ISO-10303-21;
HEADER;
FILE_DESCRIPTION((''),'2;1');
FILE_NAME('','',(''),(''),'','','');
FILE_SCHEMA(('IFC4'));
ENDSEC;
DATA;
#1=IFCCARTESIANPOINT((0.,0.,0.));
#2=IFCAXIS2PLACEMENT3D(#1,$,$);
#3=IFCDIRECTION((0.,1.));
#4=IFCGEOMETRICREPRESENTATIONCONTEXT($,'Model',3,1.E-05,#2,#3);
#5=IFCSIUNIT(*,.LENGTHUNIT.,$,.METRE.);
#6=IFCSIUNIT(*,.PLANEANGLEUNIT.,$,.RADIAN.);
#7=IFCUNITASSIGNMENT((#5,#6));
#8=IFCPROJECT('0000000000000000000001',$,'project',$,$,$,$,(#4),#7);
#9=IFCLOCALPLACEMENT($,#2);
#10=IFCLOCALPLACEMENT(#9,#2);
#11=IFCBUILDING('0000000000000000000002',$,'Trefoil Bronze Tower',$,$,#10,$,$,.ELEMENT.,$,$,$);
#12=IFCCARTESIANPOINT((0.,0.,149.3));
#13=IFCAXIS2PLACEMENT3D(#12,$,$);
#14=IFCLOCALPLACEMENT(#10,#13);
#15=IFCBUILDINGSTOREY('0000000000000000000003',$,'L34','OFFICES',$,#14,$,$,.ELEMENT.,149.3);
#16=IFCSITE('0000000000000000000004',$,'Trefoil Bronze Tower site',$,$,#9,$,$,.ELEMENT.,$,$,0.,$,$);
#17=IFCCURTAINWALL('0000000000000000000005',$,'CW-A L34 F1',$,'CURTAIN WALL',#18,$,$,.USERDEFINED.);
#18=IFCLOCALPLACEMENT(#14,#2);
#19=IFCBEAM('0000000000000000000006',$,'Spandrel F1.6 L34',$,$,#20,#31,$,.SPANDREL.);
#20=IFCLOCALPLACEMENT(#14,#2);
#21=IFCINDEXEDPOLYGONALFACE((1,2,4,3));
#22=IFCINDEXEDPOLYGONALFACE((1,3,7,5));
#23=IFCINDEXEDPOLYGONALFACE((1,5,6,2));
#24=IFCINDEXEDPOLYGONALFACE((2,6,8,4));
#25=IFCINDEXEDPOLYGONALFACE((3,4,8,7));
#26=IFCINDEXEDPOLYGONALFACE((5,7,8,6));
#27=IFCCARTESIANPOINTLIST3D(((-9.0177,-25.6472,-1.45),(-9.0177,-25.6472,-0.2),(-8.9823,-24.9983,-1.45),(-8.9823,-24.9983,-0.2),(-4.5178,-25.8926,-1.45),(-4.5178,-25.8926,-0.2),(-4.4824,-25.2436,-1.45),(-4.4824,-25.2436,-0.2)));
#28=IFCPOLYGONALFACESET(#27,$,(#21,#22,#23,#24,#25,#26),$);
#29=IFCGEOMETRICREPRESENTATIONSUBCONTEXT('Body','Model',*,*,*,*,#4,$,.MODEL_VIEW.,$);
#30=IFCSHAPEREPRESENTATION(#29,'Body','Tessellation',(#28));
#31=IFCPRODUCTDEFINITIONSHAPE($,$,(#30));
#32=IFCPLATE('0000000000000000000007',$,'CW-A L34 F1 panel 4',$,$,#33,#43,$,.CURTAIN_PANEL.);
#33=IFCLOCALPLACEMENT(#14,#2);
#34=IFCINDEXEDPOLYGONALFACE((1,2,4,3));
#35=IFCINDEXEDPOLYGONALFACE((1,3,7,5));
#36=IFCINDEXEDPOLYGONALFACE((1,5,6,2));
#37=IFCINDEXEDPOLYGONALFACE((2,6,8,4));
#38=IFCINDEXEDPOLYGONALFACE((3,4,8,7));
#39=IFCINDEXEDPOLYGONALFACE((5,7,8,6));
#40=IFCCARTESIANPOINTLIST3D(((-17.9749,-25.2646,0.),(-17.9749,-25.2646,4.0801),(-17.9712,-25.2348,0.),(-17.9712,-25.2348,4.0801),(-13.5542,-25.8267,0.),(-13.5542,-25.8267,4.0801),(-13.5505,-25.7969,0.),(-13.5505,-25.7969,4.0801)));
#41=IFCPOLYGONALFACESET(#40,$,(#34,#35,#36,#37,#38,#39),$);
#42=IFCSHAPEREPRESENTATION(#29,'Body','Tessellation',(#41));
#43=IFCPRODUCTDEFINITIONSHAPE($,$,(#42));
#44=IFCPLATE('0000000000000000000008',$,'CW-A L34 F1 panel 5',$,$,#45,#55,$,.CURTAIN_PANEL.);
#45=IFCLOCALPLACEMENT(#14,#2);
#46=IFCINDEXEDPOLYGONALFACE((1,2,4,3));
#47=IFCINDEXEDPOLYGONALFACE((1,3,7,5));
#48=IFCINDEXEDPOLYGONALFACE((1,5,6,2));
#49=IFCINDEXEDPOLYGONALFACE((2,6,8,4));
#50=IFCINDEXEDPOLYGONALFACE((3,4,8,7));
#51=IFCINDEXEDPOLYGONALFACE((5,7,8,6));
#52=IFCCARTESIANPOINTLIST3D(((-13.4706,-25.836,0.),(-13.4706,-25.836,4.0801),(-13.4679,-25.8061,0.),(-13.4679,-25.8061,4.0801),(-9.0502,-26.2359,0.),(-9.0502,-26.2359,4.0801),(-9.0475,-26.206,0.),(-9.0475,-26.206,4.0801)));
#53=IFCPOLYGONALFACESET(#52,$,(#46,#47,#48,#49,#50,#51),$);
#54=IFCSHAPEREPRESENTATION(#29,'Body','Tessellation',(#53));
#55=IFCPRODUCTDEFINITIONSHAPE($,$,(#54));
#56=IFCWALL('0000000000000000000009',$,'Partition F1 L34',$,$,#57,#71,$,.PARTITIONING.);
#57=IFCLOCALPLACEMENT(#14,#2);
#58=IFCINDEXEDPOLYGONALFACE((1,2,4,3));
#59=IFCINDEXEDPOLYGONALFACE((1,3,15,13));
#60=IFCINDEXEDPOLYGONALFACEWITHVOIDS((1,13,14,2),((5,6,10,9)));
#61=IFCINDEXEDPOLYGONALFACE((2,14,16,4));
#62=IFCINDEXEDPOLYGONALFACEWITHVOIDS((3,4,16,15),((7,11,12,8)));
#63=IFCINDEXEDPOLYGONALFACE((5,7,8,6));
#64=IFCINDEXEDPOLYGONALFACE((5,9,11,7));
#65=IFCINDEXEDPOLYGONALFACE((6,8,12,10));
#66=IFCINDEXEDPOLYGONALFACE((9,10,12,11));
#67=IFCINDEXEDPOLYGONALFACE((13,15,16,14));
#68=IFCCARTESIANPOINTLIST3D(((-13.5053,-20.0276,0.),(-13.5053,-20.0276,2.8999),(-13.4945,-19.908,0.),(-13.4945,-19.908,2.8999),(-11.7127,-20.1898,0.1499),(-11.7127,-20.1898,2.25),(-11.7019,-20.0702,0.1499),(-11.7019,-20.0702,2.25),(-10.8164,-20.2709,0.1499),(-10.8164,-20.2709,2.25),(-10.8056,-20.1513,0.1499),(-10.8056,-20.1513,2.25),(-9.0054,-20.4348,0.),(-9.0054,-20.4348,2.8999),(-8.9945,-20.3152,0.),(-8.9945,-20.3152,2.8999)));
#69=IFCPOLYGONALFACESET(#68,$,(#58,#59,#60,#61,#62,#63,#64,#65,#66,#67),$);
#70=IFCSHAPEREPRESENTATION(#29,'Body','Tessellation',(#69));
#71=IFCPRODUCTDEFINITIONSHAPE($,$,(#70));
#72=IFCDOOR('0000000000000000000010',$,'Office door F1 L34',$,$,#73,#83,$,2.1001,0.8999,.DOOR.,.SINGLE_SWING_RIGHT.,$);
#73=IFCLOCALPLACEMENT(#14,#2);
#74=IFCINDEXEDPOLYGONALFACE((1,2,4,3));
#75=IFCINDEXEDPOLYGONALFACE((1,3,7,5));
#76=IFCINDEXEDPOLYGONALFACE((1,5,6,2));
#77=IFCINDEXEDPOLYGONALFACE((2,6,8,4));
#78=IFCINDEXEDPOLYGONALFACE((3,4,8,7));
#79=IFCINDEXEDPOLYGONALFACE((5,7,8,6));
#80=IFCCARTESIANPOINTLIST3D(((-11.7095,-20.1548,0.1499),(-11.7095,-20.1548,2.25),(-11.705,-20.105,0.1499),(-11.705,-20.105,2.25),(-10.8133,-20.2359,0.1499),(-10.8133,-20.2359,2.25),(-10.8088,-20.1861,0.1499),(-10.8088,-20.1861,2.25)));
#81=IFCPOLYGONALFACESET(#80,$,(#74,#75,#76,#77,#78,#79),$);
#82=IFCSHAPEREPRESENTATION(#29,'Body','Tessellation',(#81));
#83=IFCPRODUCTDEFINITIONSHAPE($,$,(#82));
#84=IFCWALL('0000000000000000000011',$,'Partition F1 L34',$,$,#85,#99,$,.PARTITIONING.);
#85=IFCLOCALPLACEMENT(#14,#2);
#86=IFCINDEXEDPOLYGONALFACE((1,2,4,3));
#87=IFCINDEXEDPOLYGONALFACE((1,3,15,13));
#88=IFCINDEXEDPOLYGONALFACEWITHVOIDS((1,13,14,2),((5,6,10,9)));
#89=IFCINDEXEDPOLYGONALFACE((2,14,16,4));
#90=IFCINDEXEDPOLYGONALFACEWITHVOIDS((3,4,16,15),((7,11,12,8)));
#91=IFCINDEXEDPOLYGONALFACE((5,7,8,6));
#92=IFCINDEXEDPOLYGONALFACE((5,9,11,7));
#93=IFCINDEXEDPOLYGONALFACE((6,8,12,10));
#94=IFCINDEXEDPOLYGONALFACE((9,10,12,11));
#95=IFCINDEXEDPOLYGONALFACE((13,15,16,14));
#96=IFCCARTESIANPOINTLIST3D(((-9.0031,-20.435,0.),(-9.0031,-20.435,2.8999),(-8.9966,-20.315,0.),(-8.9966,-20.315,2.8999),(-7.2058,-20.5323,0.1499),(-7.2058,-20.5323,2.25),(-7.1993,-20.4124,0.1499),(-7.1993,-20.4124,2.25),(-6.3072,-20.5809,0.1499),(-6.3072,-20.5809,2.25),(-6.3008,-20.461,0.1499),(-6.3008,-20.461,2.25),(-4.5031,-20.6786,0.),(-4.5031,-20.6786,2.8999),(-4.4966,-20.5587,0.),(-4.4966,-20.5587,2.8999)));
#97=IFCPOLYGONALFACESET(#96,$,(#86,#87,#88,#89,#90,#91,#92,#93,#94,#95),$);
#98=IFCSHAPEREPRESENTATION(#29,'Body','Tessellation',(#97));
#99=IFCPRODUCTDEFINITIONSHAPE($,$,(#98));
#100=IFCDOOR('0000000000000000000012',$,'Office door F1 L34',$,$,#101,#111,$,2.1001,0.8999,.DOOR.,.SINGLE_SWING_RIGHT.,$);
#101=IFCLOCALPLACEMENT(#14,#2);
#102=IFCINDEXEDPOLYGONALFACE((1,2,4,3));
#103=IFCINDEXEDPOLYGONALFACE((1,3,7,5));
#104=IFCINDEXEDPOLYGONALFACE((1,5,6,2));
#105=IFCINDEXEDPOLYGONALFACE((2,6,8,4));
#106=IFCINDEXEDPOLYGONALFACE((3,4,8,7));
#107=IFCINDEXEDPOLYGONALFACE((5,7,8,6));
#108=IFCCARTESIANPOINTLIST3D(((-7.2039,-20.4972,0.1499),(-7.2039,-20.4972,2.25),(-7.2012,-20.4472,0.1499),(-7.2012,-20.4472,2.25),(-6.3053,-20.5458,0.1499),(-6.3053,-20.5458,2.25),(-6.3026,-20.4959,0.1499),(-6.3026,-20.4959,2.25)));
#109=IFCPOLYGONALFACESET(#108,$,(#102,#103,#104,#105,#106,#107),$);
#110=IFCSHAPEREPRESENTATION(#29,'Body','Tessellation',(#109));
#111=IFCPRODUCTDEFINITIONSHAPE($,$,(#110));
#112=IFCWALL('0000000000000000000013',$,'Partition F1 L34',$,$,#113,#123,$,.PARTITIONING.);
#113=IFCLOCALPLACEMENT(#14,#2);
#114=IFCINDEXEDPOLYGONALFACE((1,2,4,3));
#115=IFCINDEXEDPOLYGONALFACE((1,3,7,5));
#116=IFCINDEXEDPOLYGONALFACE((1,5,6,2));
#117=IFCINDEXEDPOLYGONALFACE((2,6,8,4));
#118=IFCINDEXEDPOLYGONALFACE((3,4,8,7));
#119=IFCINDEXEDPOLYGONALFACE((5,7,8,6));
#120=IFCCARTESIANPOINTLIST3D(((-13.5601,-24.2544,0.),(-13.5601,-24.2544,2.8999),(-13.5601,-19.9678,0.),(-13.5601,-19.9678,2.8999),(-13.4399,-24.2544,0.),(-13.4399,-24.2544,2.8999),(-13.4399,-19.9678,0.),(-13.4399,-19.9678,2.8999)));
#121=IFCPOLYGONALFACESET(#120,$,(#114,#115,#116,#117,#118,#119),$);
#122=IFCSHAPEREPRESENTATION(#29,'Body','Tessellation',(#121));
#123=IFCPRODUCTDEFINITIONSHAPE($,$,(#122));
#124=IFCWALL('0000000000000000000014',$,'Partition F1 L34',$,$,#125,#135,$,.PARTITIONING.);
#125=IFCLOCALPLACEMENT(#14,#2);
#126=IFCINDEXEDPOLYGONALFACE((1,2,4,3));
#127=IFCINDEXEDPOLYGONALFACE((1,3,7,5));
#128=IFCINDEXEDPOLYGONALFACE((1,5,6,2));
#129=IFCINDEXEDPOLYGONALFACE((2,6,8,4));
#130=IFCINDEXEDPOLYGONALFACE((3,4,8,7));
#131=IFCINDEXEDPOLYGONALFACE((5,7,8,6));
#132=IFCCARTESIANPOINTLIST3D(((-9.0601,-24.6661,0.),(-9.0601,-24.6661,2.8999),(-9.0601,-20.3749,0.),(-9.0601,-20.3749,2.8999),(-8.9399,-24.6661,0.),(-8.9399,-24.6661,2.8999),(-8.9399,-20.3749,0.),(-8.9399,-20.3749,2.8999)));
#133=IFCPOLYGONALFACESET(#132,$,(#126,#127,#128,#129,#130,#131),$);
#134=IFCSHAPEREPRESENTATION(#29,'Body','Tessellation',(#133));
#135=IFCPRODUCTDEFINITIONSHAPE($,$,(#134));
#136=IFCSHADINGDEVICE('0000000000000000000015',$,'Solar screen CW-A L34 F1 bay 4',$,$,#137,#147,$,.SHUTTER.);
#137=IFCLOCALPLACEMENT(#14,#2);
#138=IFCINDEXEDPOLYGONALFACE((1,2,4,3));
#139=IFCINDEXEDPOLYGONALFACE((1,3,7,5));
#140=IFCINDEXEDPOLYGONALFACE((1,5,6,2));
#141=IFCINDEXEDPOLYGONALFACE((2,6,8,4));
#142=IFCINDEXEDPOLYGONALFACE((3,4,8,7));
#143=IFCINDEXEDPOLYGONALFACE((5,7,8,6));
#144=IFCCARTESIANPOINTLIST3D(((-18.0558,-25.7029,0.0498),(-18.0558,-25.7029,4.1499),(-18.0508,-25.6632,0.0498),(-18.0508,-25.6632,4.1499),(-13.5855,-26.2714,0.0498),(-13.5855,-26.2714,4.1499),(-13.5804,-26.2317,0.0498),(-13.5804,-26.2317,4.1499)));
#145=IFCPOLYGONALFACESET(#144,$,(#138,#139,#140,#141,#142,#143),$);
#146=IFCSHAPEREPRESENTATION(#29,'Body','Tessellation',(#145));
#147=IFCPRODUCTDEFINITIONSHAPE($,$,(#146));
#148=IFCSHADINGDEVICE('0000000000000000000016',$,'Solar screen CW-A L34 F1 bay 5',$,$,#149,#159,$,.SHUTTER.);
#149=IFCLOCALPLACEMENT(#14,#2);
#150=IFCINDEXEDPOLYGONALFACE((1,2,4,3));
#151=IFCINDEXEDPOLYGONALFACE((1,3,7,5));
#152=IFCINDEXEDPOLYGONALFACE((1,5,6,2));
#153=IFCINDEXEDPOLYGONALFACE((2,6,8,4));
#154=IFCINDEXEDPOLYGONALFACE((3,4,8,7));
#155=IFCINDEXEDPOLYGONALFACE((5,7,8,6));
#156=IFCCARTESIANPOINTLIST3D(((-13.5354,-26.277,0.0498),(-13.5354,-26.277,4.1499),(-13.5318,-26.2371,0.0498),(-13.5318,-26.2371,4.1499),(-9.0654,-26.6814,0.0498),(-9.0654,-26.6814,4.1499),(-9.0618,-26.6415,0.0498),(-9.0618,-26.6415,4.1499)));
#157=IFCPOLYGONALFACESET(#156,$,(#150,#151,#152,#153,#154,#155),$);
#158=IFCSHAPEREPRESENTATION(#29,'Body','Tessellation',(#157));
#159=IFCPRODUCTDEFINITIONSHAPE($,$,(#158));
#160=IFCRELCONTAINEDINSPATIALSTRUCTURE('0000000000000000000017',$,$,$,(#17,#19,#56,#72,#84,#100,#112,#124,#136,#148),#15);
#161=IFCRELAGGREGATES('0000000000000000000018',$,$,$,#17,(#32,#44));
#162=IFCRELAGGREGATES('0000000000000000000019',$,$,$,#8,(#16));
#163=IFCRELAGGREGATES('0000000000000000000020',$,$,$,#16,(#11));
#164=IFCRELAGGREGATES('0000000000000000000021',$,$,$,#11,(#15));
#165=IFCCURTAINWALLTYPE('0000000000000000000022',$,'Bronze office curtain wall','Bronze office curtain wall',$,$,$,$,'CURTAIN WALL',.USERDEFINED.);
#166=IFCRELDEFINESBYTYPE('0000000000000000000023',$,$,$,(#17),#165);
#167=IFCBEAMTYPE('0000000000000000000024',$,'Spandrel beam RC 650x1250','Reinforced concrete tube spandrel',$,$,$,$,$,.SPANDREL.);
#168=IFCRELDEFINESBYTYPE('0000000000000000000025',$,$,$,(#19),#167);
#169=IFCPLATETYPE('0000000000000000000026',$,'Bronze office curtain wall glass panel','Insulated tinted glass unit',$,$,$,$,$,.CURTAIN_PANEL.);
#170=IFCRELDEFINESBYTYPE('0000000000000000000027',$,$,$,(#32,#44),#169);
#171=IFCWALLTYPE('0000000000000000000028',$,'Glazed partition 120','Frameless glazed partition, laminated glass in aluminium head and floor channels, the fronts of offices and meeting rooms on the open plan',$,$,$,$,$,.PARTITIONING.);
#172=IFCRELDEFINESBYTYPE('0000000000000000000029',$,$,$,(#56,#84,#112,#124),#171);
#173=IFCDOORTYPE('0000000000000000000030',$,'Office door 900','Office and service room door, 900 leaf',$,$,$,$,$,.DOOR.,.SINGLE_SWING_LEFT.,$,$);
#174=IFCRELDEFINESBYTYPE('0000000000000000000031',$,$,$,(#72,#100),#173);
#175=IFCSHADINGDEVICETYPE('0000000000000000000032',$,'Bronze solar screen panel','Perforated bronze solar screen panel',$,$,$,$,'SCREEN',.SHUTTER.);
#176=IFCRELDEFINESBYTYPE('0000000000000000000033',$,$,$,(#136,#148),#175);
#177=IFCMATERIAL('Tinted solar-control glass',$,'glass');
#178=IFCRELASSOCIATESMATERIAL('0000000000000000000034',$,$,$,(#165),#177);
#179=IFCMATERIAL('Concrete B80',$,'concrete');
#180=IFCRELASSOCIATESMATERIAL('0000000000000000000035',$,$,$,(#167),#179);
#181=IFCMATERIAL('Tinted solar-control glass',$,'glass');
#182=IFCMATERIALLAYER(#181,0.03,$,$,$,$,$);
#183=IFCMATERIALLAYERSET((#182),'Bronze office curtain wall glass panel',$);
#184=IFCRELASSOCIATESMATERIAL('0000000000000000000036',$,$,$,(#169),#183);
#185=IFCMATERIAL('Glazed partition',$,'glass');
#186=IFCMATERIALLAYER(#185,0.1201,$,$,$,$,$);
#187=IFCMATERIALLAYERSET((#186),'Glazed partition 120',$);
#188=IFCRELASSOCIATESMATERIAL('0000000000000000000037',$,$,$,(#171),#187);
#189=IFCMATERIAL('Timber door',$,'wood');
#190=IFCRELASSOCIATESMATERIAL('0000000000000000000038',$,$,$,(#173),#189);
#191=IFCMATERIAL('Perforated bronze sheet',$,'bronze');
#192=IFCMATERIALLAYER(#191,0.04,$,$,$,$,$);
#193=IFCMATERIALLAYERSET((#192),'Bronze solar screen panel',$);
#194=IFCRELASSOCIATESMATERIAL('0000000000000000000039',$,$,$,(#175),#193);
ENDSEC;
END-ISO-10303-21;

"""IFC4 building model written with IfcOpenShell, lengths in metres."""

from ifc_helpers import new_model, si_unit, direction, frame, frame_2d, origin, origin_2d, place, context, subcontext, project, spatial, rectangle, extrude, material, layer, layer_set, material_profile, profile_set, type_object, element, fill, aggregate, save


model = new_model("IFC4")

# Units and contexts
model_context = context("Model", 3, precision=1e-05, world=origin(), true_north=direction((0.0, 1.0)))
body_context = subcontext(model_context, "Body", "Model", "MODEL_VIEW")
ifc_project = project(units=[si_unit("LENGTHUNIT", "METRE"), si_unit("PLANEANGLEUNIT", "RADIAN")], contexts=[model_context])

# Site, building, storey
site_placement = place(None, origin())
site = spatial("IfcSite", under=ifc_project, at=site_placement, Name="Trefoil Bronze Tower site", CompositionType="ELEMENT", RefElevation=0.0)
building_placement = place(site_placement, origin())
building = spatial("IfcBuilding", under=site, at=building_placement, Name="Trefoil Bronze Tower", CompositionType="ELEMENT")
storey_placement = place(building_placement, frame((0.0, 0.0, 149.3)))
storey = spatial("IfcBuildingStorey", under=building, at=storey_placement, Name="L34", Description="OFFICES", CompositionType="ELEMENT", Elevation=149.3)

# Curtain wall
ifc_material_1 = material(Name="Tinted solar-control glass", Category="glass")
curtain_wall_type = type_object("IfcCurtainWallType", Name="Bronze office curtain wall", Description="Bronze office curtain wall", ElementType="CURTAIN WALL", PredefinedType="USERDEFINED", material=ifc_material_1)
curtain_wall_placement = place(storey_placement, origin())
curtain_wall = element("IfcCurtainWall", 1, at=curtain_wall_placement, inside=storey, type_object=curtain_wall_type, Name="CW-A L34 F1", ObjectType="CURTAIN WALL", PredefinedType="USERDEFINED")

# Beam
ifc_material_2 = material(Name="Concrete B80", Category="concrete")
ifc_material_profile_1 = material_profile(ifc_material_2, rectangle(XDim=0.6499, YDim=1.25, at=origin_2d()), Name="RC 650x1250")
ifc_profile_set_1 = profile_set([ifc_material_profile_1], Name="Concrete B80")
beam_type_1 = type_object("IfcBeamType", Name="Spandrel beam RC 650x1250", Description="Reinforced concrete tube spandrel", PredefinedType="SPANDREL", material=ifc_profile_set_1)
beam_1_placement = place(storey_placement, frame((-9.0, -25.3228, -0.825), z_axis=(0.998517, -0.054444, 0.0), x_axis=(0.054444, 0.998517, 0.0)))
element("IfcBeam", 2, at=beam_1_placement, inside=storey, type_object=beam_type_1, Name="Spandrel F1.6 L34", PredefinedType="SPANDREL", context=body_context, shape_type="SweptSolid", body=[
    extrude(rectangle(XDim=0.6499, YDim=1.25, at=origin_2d()), origin(), (0.0, 0.0, 1.0), 4.5066),
])

# Plates
ifc_material_3 = material(Name="Tinted solar-control glass", Category="glass")
ifc_layer_1 = layer(ifc_material_3, 0.03)
ifc_layer_set_1 = layer_set([ifc_layer_1], Name="Bronze office curtain wall glass panel")
plate_type = type_object("IfcPlateType", Name="Bronze office curtain wall glass panel", Description="Insulated tinted glass unit", PredefinedType="CURTAIN_PANEL", material=ifc_layer_set_1)
plate_1_placement = place(storey_placement, frame((-15.7627, -25.5308, 0.0), z_axis=(0.0, 0.0, 1.0), x_axis=(0.992012, -0.126147, 0.0)))
plate_1 = element("IfcPlate", 3, at=plate_1_placement, type_object=plate_type, Name="CW-A L34 F1 panel 4", PredefinedType="CURTAIN_PANEL", context=body_context, shape_type="SweptSolid", body=[
    extrude(rectangle(XDim=4.4563, YDim=0.03, at=origin_2d()), origin(), (0.0, 0.0, 1.0), 4.0801),
])
plate_2_placement = place(storey_placement, frame((-11.259, -26.021, 0.0), z_axis=(0.0, 0.0, 1.0), x_axis=(0.995932, -0.090105, 0.0)))
plate_2 = element("IfcPlate", 4, at=plate_2_placement, type_object=plate_type, Name="CW-A L34 F1 panel 5", PredefinedType="CURTAIN_PANEL", context=body_context, shape_type="SweptSolid", body=[
    extrude(rectangle(XDim=4.4385, YDim=0.03, at=origin_2d()), origin(), (0.0, 0.0, 1.0), 4.0801),
])
aggregate(curtain_wall, [plate_1, plate_2])

# Walls, openings, doors
ifc_material_4 = material(Name="Glazed partition", Category="glass")
ifc_layer_2 = layer(ifc_material_4, 0.1201)
ifc_layer_set_2 = layer_set([ifc_layer_2], Name="Glazed partition 120")
wall_type = type_object("IfcWallType", Name="Glazed partition 120", Description="Frameless glazed partition, laminated glass in aluminium head and floor channels, the fronts of offices and meeting rooms on the open plan", PredefinedType="PARTITIONING", material=ifc_layer_set_2)
wall_1_placement = place(storey_placement, frame((-13.5, -19.9678, 0.0), z_axis=(0.0, 0.0, 1.0), x_axis=(0.99593, -0.090127, 0.0)))
wall_1 = element("IfcWall", 5, at=wall_1_placement, inside=storey, type_object=wall_type, Name="Partition F1 L34", PredefinedType="PARTITIONING", context=body_context, shape_type="SweptSolid", body=[
    extrude(rectangle(XDim=4.5183, YDim=0.1201, at=frame_2d((2.2593, 0.0))), origin(), (0.0, 0.0, 1.0), 2.8999),
])
opening_1_placement = place(wall_1_placement, frame((1.8, 0.0, 0.1499)))
opening_1 = element("IfcOpeningElement", 6, at=opening_1_placement, cuts=wall_1, PredefinedType="OPENING", context=body_context, shape_type="SweptSolid", body=[
    extrude(rectangle(XDim=0.8999, YDim=2.1001, at=frame_2d((0.45, 1.05))), frame((0.0, 0.0701, 0.0), z_axis=(0.0, -1.0, 0.0), x_axis=(1.0, 0.0, 0.0)), (0.0, 0.0, 1.0), 0.1401),
])
ifc_material_5 = material(Name="Timber door", Category="wood")
door_type = type_object("IfcDoorType", Name="Office door 900", Description="Office and service room door, 900 leaf", OperationType="SINGLE_SWING_LEFT", PredefinedType="DOOR", material=ifc_material_5)
door_1_placement = place(opening_1_placement, frame((0.8999, 0.0, 0.0), z_axis=(0.0, 0.0, 1.0), x_axis=(-1.0, 0.0, 0.0)))
door_1 = element("IfcDoor", 7, at=door_1_placement, inside=storey, type_object=door_type, Name="Office door F1 L34", OperationType="SINGLE_SWING_RIGHT", OverallHeight=2.1001, OverallWidth=0.8999, PredefinedType="DOOR", context=body_context, shape_type="SweptSolid", body=[
    extrude(rectangle(XDim=0.8999, YDim=2.1001, at=frame_2d((0.45, 1.05))), frame((0.0, 0.0249, 0.0), z_axis=(0.0, -1.0, 0.0), x_axis=(1.0, 0.0, 0.0)), (0.0, 0.0, 1.0), 0.05),
])
fill(opening_1, door_1)
wall_2_placement = place(storey_placement, frame((-9.0, -20.375, 0.0), z_axis=(0.0, 0.0, 1.0), x_axis=(0.998537, -0.054066, 0.0)))
wall_2 = element("IfcWall", 8, at=wall_2_placement, inside=storey, type_object=wall_type, Name="Partition F1 L34", PredefinedType="PARTITIONING", context=body_context, shape_type="SweptSolid", body=[
    extrude(rectangle(XDim=4.5066, YDim=0.1201, at=frame_2d((2.2534, 0.0))), origin(), (0.0, 0.0, 1.0), 2.8999),
])
opening_2_placement = place(wall_2_placement, frame((1.8, 0.0, 0.1499)))
opening_2 = element("IfcOpeningElement", 9, at=opening_2_placement, cuts=wall_2, PredefinedType="OPENING", context=body_context, shape_type="SweptSolid", body=[
    extrude(rectangle(XDim=0.8999, YDim=2.1001, at=frame_2d((0.45, 1.05))), frame((0.0, 0.0701, 0.0), z_axis=(0.0, -1.0, 0.0), x_axis=(1.0, 0.0, 0.0)), (0.0, 0.0, 1.0), 0.1401),
])
door_2_placement = place(opening_2_placement, frame((0.8999, 0.0, 0.0), z_axis=(0.0, 0.0, 1.0), x_axis=(-1.0, 0.0, 0.0)))
door_2 = element("IfcDoor", 10, at=door_2_placement, inside=storey, type_object=door_type, Name="Office door F1 L34", OperationType="SINGLE_SWING_RIGHT", OverallHeight=2.1001, OverallWidth=0.8999, PredefinedType="DOOR", context=body_context, shape_type="SweptSolid", body=[
    extrude(rectangle(XDim=0.8999, YDim=2.1001, at=frame_2d((0.45, 1.05))), frame((0.0, 0.0249, 0.0), z_axis=(0.0, -1.0, 0.0), x_axis=(1.0, 0.0, 0.0)), (0.0, 0.0, 1.0), 0.05),
])
fill(opening_2, door_2)

# Walls
wall_3_placement = place(storey_placement, frame((-13.5, -19.9678, 0.0), z_axis=(0.0, 0.0, 1.0), x_axis=(0.0, -1.0, 0.0)))
element("IfcWall", 11, at=wall_3_placement, inside=storey, type_object=wall_type, Name="Partition F1 L34", PredefinedType="PARTITIONING", context=body_context, shape_type="SweptSolid", body=[
    extrude(rectangle(XDim=4.2866, YDim=0.1201, at=frame_2d((2.1433, 0.0))), origin(), (0.0, 0.0, 1.0), 2.8999),
])
wall_4_placement = place(storey_placement, frame((-9.0, -20.375, 0.0), z_axis=(0.0, 0.0, 1.0), x_axis=(0.0, -1.0, 0.0)))
element("IfcWall", 12, at=wall_4_placement, inside=storey, type_object=wall_type, Name="Partition F1 L34", PredefinedType="PARTITIONING", context=body_context, shape_type="SweptSolid", body=[
    extrude(rectangle(XDim=4.2913, YDim=0.1201, at=frame_2d((2.1455, 0.0))), origin(), (0.0, 0.0, 1.0), 2.8999),
])

# Shading devices
ifc_material_6 = material(Name="Perforated bronze sheet", Category="bronze")
ifc_layer_3 = layer(ifc_material_6, 0.04)
ifc_layer_set_3 = layer_set([ifc_layer_3], Name="Bronze solar screen panel")
shading_device_type = type_object("IfcShadingDeviceType", Name="Bronze solar screen panel", Description="Perforated bronze solar screen panel", ElementType="SCREEN", PredefinedType="SHUTTER", material=ifc_layer_set_3)
shading_device_1_placement = place(storey_placement, frame((-15.8181, -25.9673, 0.0498), z_axis=(0.0, 0.0, 1.0), x_axis=(0.992012, -0.126147, 0.0)))
element("IfcShadingDevice", 13, at=shading_device_1_placement, inside=storey, type_object=shading_device_type, Name="Solar screen CW-A L34 F1 bay 4", PredefinedType="SHUTTER", context=body_context, shape_type="SweptSolid", body=[
    extrude(rectangle(XDim=4.5063, YDim=0.04, at=origin_2d()), origin(), (0.0, 0.0, 1.0), 4.1001),
])
shading_device_2_placement = place(storey_placement, frame((-11.2986, -26.4592, 0.0498), z_axis=(0.0, 0.0, 1.0), x_axis=(0.995932, -0.090105, 0.0)))
element("IfcShadingDevice", 14, at=shading_device_2_placement, inside=storey, type_object=shading_device_type, Name="Solar screen CW-A L34 F1 bay 5", PredefinedType="SHUTTER", context=body_context, shape_type="SweptSolid", body=[
    extrude(rectangle(XDim=4.4883, YDim=0.04, at=origin_2d()), origin(), (0.0, 0.0, 1.0), 4.1001),
])

save(model, "model.ifc")
